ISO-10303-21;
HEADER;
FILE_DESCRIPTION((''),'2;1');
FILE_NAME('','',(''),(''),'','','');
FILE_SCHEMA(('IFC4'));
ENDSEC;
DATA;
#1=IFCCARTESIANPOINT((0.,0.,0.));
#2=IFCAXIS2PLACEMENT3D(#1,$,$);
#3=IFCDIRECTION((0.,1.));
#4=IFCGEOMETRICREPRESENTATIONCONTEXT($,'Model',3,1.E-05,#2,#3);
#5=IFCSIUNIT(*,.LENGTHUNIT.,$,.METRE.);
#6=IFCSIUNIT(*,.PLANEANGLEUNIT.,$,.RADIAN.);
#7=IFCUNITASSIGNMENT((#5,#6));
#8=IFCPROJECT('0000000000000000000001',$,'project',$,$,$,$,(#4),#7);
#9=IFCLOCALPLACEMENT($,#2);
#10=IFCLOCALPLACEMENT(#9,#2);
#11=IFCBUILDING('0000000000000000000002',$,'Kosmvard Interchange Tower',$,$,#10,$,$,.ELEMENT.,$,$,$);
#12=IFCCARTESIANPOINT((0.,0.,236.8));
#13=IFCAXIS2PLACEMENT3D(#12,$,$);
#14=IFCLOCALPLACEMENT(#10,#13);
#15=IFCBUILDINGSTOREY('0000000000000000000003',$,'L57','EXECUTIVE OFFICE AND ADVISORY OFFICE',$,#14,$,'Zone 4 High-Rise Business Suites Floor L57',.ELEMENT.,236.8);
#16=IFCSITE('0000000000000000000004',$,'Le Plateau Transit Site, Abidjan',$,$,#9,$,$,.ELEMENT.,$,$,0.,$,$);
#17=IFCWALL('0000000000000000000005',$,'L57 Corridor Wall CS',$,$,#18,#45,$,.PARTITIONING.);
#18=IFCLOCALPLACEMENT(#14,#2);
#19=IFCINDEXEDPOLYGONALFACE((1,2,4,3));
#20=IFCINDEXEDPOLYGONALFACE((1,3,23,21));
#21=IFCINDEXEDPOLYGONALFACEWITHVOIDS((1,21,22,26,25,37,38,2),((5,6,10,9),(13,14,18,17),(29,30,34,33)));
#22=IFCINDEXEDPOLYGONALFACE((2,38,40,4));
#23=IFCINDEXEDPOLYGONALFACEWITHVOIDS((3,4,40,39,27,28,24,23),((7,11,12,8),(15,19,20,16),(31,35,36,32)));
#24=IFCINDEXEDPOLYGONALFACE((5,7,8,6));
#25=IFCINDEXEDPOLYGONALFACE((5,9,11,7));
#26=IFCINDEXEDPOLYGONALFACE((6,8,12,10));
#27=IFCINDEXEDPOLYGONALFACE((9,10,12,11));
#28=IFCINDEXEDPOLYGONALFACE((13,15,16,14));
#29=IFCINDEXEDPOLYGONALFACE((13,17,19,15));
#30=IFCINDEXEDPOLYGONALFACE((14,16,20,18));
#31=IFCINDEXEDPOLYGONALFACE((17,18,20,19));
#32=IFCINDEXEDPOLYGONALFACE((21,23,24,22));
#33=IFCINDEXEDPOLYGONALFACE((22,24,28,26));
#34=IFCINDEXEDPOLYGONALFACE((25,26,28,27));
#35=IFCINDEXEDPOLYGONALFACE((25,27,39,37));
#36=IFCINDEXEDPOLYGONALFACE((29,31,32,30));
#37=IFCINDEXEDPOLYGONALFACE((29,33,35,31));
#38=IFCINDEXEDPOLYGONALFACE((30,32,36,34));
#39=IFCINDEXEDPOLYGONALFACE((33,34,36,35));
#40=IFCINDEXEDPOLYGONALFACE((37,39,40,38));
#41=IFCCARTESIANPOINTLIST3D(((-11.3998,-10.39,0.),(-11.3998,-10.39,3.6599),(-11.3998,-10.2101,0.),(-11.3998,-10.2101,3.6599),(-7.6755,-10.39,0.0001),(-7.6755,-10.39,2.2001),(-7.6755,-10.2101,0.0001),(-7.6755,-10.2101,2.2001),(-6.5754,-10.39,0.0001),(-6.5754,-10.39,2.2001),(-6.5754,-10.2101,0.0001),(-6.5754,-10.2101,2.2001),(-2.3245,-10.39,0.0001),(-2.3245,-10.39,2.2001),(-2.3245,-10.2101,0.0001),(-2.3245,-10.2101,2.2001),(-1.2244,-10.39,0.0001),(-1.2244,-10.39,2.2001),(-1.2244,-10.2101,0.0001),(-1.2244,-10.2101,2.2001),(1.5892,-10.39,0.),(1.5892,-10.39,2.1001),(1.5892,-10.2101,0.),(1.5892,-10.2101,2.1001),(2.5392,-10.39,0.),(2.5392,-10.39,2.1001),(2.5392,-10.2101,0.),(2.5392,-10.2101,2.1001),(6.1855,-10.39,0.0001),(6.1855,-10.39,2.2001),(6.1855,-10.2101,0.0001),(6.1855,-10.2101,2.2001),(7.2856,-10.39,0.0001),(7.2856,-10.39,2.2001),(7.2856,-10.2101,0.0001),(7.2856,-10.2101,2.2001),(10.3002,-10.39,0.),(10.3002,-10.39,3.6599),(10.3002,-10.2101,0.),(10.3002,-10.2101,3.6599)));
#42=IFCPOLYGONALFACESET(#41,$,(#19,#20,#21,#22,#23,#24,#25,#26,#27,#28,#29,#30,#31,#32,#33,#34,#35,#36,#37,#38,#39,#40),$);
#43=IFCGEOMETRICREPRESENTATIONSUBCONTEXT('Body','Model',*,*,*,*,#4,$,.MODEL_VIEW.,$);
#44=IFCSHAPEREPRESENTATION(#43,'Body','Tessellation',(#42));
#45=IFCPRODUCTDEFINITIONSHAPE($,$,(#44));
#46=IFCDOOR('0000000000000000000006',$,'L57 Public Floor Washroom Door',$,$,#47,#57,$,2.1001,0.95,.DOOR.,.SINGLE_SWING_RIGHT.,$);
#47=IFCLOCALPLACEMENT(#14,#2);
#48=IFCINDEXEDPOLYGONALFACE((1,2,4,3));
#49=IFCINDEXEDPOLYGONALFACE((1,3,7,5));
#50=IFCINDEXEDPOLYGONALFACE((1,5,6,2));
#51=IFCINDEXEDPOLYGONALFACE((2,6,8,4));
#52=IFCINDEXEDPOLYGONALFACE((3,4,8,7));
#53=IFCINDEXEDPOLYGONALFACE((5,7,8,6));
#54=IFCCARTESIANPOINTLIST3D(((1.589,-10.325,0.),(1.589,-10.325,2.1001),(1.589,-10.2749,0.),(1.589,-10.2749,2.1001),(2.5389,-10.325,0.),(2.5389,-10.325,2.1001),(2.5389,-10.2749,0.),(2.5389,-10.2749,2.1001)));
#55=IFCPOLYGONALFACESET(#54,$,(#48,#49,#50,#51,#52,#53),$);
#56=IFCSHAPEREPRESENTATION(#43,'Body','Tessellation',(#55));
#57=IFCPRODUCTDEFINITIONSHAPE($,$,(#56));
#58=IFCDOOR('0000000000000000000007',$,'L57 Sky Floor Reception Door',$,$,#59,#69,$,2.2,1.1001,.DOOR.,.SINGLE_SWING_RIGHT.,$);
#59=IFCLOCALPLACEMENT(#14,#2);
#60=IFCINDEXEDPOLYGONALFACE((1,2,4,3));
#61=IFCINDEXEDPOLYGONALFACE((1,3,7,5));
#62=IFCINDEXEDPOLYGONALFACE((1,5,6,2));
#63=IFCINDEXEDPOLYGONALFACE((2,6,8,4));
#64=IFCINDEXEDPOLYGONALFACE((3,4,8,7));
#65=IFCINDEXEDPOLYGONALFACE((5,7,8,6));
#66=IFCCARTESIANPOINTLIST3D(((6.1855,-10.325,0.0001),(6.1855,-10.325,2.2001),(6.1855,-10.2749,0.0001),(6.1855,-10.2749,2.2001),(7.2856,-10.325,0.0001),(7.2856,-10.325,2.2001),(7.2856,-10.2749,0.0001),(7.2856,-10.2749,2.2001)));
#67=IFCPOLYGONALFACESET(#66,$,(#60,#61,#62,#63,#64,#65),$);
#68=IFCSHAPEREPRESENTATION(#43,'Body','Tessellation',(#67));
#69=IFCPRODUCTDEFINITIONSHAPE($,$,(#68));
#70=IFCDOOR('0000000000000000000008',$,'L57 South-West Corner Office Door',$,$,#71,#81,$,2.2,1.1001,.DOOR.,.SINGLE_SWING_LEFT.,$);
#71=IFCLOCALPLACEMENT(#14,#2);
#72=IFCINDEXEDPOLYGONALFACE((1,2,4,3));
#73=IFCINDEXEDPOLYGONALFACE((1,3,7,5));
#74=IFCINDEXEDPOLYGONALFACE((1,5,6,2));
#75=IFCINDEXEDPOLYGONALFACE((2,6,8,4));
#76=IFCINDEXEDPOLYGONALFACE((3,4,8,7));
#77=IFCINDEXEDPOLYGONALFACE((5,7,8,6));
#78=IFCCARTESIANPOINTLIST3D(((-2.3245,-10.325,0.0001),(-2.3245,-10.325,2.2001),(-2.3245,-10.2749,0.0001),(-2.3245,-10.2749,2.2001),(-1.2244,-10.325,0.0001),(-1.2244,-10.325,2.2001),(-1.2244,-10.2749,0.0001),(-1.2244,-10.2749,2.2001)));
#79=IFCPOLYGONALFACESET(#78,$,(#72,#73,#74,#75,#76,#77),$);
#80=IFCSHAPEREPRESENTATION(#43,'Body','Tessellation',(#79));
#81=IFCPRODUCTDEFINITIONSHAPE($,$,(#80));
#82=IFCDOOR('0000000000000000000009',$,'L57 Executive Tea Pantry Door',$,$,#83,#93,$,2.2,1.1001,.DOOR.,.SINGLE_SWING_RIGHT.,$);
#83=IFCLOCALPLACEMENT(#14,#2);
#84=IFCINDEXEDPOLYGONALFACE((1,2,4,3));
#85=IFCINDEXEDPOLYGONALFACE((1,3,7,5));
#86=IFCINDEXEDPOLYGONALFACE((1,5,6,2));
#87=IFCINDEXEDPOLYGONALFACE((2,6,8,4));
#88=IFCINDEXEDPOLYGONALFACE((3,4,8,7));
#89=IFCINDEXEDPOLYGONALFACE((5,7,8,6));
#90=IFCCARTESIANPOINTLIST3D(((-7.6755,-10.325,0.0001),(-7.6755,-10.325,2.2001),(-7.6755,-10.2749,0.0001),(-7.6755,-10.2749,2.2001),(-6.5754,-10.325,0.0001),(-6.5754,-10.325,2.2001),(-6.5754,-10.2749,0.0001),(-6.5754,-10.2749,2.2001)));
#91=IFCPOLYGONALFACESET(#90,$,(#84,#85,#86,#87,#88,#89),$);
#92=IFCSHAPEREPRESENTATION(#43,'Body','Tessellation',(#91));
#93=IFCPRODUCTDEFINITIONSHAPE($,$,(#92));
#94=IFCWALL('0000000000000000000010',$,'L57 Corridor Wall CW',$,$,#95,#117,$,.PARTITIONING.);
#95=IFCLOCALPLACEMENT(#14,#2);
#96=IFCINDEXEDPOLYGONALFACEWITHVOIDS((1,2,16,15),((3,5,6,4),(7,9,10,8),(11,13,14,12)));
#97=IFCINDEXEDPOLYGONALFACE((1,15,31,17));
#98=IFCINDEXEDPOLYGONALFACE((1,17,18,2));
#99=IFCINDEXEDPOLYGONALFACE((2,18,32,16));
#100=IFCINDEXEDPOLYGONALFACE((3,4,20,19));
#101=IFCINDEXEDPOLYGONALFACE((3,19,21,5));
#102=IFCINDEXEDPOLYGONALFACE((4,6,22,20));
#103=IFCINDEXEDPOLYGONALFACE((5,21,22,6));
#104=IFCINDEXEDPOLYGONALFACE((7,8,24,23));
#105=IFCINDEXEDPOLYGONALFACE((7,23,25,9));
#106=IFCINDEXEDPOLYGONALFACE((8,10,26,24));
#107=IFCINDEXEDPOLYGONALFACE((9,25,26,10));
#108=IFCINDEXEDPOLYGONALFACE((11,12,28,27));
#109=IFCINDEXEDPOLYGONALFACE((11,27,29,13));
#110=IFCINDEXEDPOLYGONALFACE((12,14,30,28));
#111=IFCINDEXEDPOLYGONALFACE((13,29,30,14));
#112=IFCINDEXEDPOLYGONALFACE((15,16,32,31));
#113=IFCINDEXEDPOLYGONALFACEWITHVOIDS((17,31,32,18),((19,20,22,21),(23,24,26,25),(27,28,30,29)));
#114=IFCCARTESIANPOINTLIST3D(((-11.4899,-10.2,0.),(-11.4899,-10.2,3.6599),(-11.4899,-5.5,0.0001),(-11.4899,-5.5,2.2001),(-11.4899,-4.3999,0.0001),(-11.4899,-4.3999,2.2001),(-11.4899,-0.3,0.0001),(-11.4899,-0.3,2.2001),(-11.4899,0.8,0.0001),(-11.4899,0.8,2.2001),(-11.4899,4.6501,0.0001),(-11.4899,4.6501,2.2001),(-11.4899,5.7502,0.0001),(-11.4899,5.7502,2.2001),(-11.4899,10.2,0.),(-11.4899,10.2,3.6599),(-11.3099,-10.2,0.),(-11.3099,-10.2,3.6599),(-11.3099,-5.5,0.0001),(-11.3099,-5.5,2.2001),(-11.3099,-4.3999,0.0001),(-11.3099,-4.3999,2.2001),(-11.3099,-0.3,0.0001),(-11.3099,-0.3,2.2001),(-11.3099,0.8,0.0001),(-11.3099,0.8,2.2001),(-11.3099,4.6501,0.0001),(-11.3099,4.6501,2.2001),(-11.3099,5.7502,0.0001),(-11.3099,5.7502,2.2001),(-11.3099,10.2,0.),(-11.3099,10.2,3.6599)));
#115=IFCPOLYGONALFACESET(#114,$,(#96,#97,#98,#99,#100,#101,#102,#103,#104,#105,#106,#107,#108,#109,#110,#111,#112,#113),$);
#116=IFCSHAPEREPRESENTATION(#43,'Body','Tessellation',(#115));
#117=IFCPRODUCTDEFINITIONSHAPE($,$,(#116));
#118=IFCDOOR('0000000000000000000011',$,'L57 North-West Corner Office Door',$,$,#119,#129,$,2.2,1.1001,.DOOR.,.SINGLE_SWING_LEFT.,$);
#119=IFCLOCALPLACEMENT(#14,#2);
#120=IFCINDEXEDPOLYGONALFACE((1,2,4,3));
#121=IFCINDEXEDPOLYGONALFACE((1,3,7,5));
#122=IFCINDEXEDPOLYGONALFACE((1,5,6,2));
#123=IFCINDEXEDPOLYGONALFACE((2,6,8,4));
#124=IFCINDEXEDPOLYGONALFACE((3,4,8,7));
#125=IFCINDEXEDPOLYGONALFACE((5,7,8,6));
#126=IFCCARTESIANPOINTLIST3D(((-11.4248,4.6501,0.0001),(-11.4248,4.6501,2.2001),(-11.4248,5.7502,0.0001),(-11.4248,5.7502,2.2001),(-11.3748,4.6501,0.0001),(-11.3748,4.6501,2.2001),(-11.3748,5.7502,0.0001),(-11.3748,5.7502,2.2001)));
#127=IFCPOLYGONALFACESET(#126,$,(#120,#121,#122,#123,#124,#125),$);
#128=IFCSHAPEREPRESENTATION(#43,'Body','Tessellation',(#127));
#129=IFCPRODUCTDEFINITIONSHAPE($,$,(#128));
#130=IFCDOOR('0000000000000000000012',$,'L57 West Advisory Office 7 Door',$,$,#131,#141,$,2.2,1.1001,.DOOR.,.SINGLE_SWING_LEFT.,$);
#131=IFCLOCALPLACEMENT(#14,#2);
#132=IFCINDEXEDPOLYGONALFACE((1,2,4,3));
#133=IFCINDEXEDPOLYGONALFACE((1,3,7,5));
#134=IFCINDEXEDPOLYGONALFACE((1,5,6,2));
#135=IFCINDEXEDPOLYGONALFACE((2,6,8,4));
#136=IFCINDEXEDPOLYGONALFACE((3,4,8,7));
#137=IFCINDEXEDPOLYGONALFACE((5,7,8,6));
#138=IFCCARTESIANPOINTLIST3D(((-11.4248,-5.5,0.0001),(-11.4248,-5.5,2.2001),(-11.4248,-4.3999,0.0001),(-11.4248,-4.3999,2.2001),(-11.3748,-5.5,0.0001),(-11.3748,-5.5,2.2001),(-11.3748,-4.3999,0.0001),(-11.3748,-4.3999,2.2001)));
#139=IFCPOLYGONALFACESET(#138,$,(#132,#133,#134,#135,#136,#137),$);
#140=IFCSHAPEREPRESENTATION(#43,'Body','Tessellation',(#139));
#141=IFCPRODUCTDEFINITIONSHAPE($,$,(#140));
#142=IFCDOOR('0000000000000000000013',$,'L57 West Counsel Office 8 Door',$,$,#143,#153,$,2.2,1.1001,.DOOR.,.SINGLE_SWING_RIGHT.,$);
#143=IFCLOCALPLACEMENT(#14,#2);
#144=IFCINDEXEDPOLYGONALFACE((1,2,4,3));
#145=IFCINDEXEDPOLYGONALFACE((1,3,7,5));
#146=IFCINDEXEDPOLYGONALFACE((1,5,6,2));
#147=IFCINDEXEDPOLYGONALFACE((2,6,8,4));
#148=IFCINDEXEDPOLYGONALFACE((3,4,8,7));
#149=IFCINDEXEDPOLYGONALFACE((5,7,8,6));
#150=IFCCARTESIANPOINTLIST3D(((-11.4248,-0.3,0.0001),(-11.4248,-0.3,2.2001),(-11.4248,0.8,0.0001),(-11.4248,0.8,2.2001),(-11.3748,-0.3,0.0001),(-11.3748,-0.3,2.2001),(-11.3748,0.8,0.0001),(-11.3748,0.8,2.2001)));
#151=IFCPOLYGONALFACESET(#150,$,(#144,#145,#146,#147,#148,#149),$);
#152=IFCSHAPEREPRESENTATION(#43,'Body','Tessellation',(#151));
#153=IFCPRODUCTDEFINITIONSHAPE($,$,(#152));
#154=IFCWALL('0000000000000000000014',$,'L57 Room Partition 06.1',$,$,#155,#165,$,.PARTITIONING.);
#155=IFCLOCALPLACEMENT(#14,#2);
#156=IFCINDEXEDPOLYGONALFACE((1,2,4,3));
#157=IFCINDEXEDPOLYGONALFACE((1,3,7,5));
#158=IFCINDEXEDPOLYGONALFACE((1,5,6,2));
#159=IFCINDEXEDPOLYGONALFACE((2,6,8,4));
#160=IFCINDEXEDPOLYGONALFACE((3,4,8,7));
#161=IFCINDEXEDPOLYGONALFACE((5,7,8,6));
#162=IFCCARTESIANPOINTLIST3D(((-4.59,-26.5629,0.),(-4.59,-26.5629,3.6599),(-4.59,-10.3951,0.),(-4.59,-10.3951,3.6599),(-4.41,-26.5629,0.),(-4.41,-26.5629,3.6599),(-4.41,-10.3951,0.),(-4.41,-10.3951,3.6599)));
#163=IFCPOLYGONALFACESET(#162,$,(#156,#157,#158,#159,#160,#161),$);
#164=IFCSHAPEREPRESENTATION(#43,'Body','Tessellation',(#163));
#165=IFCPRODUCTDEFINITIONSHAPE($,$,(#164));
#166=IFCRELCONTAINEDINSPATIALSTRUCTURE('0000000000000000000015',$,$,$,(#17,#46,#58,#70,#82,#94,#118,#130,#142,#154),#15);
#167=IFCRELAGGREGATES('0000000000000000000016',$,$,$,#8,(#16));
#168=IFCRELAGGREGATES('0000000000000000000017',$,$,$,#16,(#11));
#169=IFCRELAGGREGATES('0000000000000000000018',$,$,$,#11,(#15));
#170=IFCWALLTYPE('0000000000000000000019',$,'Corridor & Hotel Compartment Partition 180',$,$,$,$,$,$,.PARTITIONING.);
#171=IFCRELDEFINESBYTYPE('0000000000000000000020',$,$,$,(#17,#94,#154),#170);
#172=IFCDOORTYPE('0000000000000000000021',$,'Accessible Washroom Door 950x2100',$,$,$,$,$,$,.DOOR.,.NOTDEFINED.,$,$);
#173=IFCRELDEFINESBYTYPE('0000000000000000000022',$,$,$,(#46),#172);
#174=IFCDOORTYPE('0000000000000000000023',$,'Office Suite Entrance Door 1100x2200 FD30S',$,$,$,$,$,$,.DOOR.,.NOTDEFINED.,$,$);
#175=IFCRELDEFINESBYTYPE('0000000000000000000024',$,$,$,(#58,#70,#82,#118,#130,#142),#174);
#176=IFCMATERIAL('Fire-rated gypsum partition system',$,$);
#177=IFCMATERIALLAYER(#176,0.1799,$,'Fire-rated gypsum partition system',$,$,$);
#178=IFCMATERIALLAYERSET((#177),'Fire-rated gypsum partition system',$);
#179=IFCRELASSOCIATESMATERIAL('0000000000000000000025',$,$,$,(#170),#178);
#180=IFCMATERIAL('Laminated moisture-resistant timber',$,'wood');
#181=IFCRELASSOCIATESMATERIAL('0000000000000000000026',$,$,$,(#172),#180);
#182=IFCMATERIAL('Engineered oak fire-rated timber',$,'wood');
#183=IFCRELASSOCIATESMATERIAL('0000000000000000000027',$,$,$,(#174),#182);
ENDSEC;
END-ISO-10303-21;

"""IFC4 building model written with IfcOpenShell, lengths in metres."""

from ifc_helpers import new_model, si_unit, direction, frame, frame_2d, origin, place, context, subcontext, project, spatial, rectangle, extrude, source, transform, mapped, material, layer, layer_set, type_object, element, fill, save


model = new_model("IFC4")

# Units and contexts
model_context = context("Model", 3, precision=1e-05, world=origin(), true_north=direction((0.0, 1.0)))
body_context = subcontext(model_context, "Body", "Model", "MODEL_VIEW")
ifc_project = project(units=[si_unit("LENGTHUNIT", "METRE"), si_unit("PLANEANGLEUNIT", "RADIAN")], contexts=[model_context])

# Site, building, storey
site_placement = place(None, origin())
site = spatial("IfcSite", under=ifc_project, at=site_placement, Name="Le Plateau Transit Site, Abidjan", CompositionType="ELEMENT", RefElevation=0.0)
building_placement = place(site_placement, origin())
building = spatial("IfcBuilding", under=site, at=building_placement, Name="Kosmvard Interchange Tower", CompositionType="ELEMENT")
storey_placement = place(building_placement, frame((0.0, 0.0, 236.8)))
storey = spatial("IfcBuildingStorey", under=building, at=storey_placement, Name="L57", Description="EXECUTIVE OFFICE AND ADVISORY OFFICE", LongName="Zone 4 High-Rise Business Suites Floor L57", CompositionType="ELEMENT", Elevation=236.8)

# Walls, openings, doors
ifc_material_1 = material(Name="Fire-rated gypsum partition system")
ifc_layer_1 = layer(ifc_material_1, 0.1799, Name="Fire-rated gypsum partition system")
ifc_layer_set_1 = layer_set([ifc_layer_1], Name="Fire-rated gypsum partition system")
wall_type_1 = type_object("IfcWallType", Name="Corridor & Hotel Compartment Partition 180", PredefinedType="PARTITIONING", material=ifc_layer_set_1)
wall_1_placement = place(storey_placement, frame((-11.3999, -10.3, 0.0), z_axis=(0.0, 0.0, 1.0), x_axis=(1.0, 0.0, 0.0)))
wall_1 = element("IfcWall", 1, at=wall_1_placement, inside=storey, type_object=wall_type_1, Name="L57 Corridor Wall CS", PredefinedType="PARTITIONING", context=body_context, shape_type="SweptSolid", body=[
    extrude(rectangle(XDim=21.7, YDim=0.1799, at=frame_2d((10.8501, 0.0))), origin(), (0.0, 0.0, 1.0), 3.6599),
])
opening_1_placement = place(wall_1_placement, frame((12.989, 0.0, 0.0)))
opening_1 = element("IfcOpeningElement", 2, at=opening_1_placement, cuts=wall_1, PredefinedType="OPENING", context=body_context, shape_type="SweptSolid", body=[
    extrude(rectangle(XDim=0.95, YDim=2.1001, at=frame_2d((0.4751, 1.05))), frame((0.0, 0.1001, 0.0), z_axis=(0.0, -1.0, 0.0), x_axis=(1.0, 0.0, 0.0)), (0.0, 0.0, 1.0), 0.2),
])
opening_2_placement = place(wall_1_placement, frame((17.5854, 0.0, 0.0)))
opening_2 = element("IfcOpeningElement", 3, at=opening_2_placement, cuts=wall_1, PredefinedType="OPENING", context=body_context, shape_type="SweptSolid", body=[
    extrude(rectangle(XDim=1.1001, YDim=2.2, at=frame_2d((0.55, 1.1001))), frame((0.0, 0.1001, 0.0), z_axis=(0.0, -1.0, 0.0), x_axis=(1.0, 0.0, 0.0)), (0.0, 0.0, 1.0), 0.2),
])
opening_3_placement = place(wall_1_placement, frame((9.0754, 0.0, 0.0)))
opening_3 = element("IfcOpeningElement", 4, at=opening_3_placement, cuts=wall_1, PredefinedType="OPENING", context=body_context, shape_type="SweptSolid", body=[
    extrude(rectangle(XDim=1.1001, YDim=2.2, at=frame_2d((0.55, 1.1001))), frame((0.0, 0.1001, 0.0), z_axis=(0.0, -1.0, 0.0), x_axis=(1.0, 0.0, 0.0)), (0.0, 0.0, 1.0), 0.2),
])
opening_4_placement = place(wall_1_placement, frame((3.7244, 0.0, 0.0)))
opening_4 = element("IfcOpeningElement", 5, at=opening_4_placement, cuts=wall_1, PredefinedType="OPENING", context=body_context, shape_type="SweptSolid", body=[
    extrude(rectangle(XDim=1.1001, YDim=2.2, at=frame_2d((0.55, 1.1001))), frame((0.0, 0.1001, 0.0), z_axis=(0.0, -1.0, 0.0), x_axis=(1.0, 0.0, 0.0)), (0.0, 0.0, 1.0), 0.2),
])
ifc_material_2 = material(Name="Laminated moisture-resistant timber", Category="wood")
door_type_1 = type_object("IfcDoorType", Name="Accessible Washroom Door 950x2100", OperationType="NOTDEFINED", PredefinedType="DOOR", material=ifc_material_2)
shared_shape_1 = source(origin(), body_context, "Body", "SweptSolid", [
    extrude(rectangle(XDim=0.95, YDim=2.1001, at=frame_2d((0.4751, 1.05))), frame((0.0, 0.0249, 0.0), z_axis=(0.0, -1.0, 0.0), x_axis=(1.0, 0.0, 0.0)), (0.0, 0.0, 1.0), 0.05),
])
door_1_placement = place(opening_1_placement, frame((0.95, 0.0, 0.0), z_axis=(0.0, 0.0, 1.0), x_axis=(-1.0, 0.0, 0.0)))
door_1 = element("IfcDoor", 6, at=door_1_placement, inside=storey, type_object=door_type_1, Name="L57 Public Floor Washroom Door", OperationType="SINGLE_SWING_RIGHT", OverallHeight=2.1001, OverallWidth=0.95, PredefinedType="DOOR", context=body_context, shape_type="MappedRepresentation", body=[
    mapped(shared_shape_1, transform((0.0, 0.0, 0.0), scale=1.0)),
])
fill(opening_1, door_1)
ifc_material_3 = material(Name="Engineered oak fire-rated timber", Category="wood")
door_type_2 = type_object("IfcDoorType", Name="Office Suite Entrance Door 1100x2200 FD30S", OperationType="NOTDEFINED", PredefinedType="DOOR", material=ifc_material_3)
shared_shape_2 = source(origin(), body_context, "Body", "SweptSolid", [
    extrude(rectangle(XDim=1.1001, YDim=2.2, at=frame_2d((0.55, 1.1001))), frame((0.0, 0.0249, 0.0), z_axis=(0.0, -1.0, 0.0), x_axis=(1.0, 0.0, 0.0)), (0.0, 0.0, 1.0), 0.05),
])
door_2_placement = place(opening_2_placement, frame((1.1001, 0.0, 0.0), z_axis=(0.0, 0.0, 1.0), x_axis=(-1.0, 0.0, 0.0)))
door_2 = element("IfcDoor", 7, at=door_2_placement, inside=storey, type_object=door_type_2, Name="L57 Sky Floor Reception Door", OperationType="SINGLE_SWING_RIGHT", OverallHeight=2.2, OverallWidth=1.1001, PredefinedType="DOOR", context=body_context, shape_type="MappedRepresentation", body=[
    mapped(shared_shape_2, transform((0.0, 0.0, 0.0), scale=1.0)),
])
fill(opening_2, door_2)
door_3_placement = place(opening_3_placement, frame((1.1001, 0.0, 0.0), z_axis=(0.0, 0.0, 1.0), x_axis=(-1.0, 0.0, 0.0)))
door_3 = element("IfcDoor", 8, at=door_3_placement, inside=storey, type_object=door_type_2, Name="L57 South-West Corner Office Door", OperationType="SINGLE_SWING_LEFT", OverallHeight=2.2, OverallWidth=1.1001, PredefinedType="DOOR", context=body_context, shape_type="MappedRepresentation", body=[
    mapped(shared_shape_2, transform((0.0, 0.0, 0.0), scale=1.0)),
])
fill(opening_3, door_3)
door_4_placement = place(opening_4_placement, frame((1.1001, 0.0, 0.0), z_axis=(0.0, 0.0, 1.0), x_axis=(-1.0, 0.0, 0.0)))
door_4 = element("IfcDoor", 9, at=door_4_placement, inside=storey, type_object=door_type_2, Name="L57 Executive Tea Pantry Door", OperationType="SINGLE_SWING_RIGHT", OverallHeight=2.2, OverallWidth=1.1001, PredefinedType="DOOR", context=body_context, shape_type="MappedRepresentation", body=[
    mapped(shared_shape_2, transform((0.0, 0.0, 0.0), scale=1.0)),
])
fill(opening_4, door_4)
wall_2_placement = place(storey_placement, frame((-11.3999, -10.2, 0.0), z_axis=(0.0, 0.0, 1.0), x_axis=(0.0, 1.0, 0.0)))
wall_2 = element("IfcWall", 10, at=wall_2_placement, inside=storey, type_object=wall_type_1, Name="L57 Corridor Wall CW", PredefinedType="PARTITIONING", context=body_context, shape_type="SweptSolid", body=[
    extrude(rectangle(XDim=20.3999, YDim=0.1799, at=frame_2d((10.2, 0.0))), origin(), (0.0, 0.0, 1.0), 3.6599),
])
opening_5_placement = place(wall_2_placement, frame((14.8501, 0.0, 0.0)))
opening_5 = element("IfcOpeningElement", 11, at=opening_5_placement, cuts=wall_2, PredefinedType="OPENING", context=body_context, shape_type="SweptSolid", body=[
    extrude(rectangle(XDim=1.1001, YDim=2.2, at=frame_2d((0.55, 1.1001))), frame((0.0, 0.1001, 0.0), z_axis=(0.0, -1.0, 0.0), x_axis=(1.0, 0.0, 0.0)), (0.0, 0.0, 1.0), 0.2),
])
opening_6_placement = place(wall_2_placement, frame((4.7, 0.0, 0.0)))
opening_6 = element("IfcOpeningElement", 12, at=opening_6_placement, cuts=wall_2, PredefinedType="OPENING", context=body_context, shape_type="SweptSolid", body=[
    extrude(rectangle(XDim=1.1001, YDim=2.2, at=frame_2d((0.55, 1.1001))), frame((0.0, 0.1001, 0.0), z_axis=(0.0, -1.0, 0.0), x_axis=(1.0, 0.0, 0.0)), (0.0, 0.0, 1.0), 0.2),
])
opening_7_placement = place(wall_2_placement, frame((9.8999, 0.0, 0.0)))
opening_7 = element("IfcOpeningElement", 13, at=opening_7_placement, cuts=wall_2, PredefinedType="OPENING", context=body_context, shape_type="SweptSolid", body=[
    extrude(rectangle(XDim=1.1001, YDim=2.2, at=frame_2d((0.55, 1.1001))), frame((0.0, 0.1001, 0.0), z_axis=(0.0, -1.0, 0.0), x_axis=(1.0, 0.0, 0.0)), (0.0, 0.0, 1.0), 0.2),
])
door_5_placement = place(opening_5_placement, origin())
door_5 = element("IfcDoor", 14, at=door_5_placement, inside=storey, type_object=door_type_2, Name="L57 North-West Corner Office Door", OperationType="SINGLE_SWING_LEFT", OverallHeight=2.2, OverallWidth=1.1001, PredefinedType="DOOR", context=body_context, shape_type="MappedRepresentation", body=[
    mapped(shared_shape_2, transform((0.0, 0.0, 0.0), scale=1.0)),
])
fill(opening_5, door_5)
door_6_placement = place(opening_6_placement, origin())
door_6 = element("IfcDoor", 15, at=door_6_placement, inside=storey, type_object=door_type_2, Name="L57 West Advisory Office 7 Door", OperationType="SINGLE_SWING_LEFT", OverallHeight=2.2, OverallWidth=1.1001, PredefinedType="DOOR", context=body_context, shape_type="MappedRepresentation", body=[
    mapped(shared_shape_2, transform((0.0, 0.0, 0.0), scale=1.0)),
])
fill(opening_6, door_6)
door_7_placement = place(opening_7_placement, origin())
door_7 = element("IfcDoor", 16, at=door_7_placement, inside=storey, type_object=door_type_2, Name="L57 West Counsel Office 8 Door", OperationType="SINGLE_SWING_RIGHT", OverallHeight=2.2, OverallWidth=1.1001, PredefinedType="DOOR", context=body_context, shape_type="MappedRepresentation", body=[
    mapped(shared_shape_2, transform((0.0, 0.0, 0.0), scale=1.0)),
])
fill(opening_7, door_7)

# Wall
wall_3_placement = place(storey_placement, frame((-4.5, -10.395, 0.0), z_axis=(0.0, 0.0, 1.0), x_axis=(0.0, -1.0, 0.0)))
element("IfcWall", 17, at=wall_3_placement, inside=storey, type_object=wall_type_1, Name="L57 Room Partition 06.1", PredefinedType="PARTITIONING", context=body_context, shape_type="SweptSolid", body=[
    extrude(rectangle(XDim=16.1677, YDim=0.1799, at=frame_2d((8.084, 0.0))), origin(), (0.0, 0.0, 1.0), 3.6599),
])

save(model, "model.ifc")
